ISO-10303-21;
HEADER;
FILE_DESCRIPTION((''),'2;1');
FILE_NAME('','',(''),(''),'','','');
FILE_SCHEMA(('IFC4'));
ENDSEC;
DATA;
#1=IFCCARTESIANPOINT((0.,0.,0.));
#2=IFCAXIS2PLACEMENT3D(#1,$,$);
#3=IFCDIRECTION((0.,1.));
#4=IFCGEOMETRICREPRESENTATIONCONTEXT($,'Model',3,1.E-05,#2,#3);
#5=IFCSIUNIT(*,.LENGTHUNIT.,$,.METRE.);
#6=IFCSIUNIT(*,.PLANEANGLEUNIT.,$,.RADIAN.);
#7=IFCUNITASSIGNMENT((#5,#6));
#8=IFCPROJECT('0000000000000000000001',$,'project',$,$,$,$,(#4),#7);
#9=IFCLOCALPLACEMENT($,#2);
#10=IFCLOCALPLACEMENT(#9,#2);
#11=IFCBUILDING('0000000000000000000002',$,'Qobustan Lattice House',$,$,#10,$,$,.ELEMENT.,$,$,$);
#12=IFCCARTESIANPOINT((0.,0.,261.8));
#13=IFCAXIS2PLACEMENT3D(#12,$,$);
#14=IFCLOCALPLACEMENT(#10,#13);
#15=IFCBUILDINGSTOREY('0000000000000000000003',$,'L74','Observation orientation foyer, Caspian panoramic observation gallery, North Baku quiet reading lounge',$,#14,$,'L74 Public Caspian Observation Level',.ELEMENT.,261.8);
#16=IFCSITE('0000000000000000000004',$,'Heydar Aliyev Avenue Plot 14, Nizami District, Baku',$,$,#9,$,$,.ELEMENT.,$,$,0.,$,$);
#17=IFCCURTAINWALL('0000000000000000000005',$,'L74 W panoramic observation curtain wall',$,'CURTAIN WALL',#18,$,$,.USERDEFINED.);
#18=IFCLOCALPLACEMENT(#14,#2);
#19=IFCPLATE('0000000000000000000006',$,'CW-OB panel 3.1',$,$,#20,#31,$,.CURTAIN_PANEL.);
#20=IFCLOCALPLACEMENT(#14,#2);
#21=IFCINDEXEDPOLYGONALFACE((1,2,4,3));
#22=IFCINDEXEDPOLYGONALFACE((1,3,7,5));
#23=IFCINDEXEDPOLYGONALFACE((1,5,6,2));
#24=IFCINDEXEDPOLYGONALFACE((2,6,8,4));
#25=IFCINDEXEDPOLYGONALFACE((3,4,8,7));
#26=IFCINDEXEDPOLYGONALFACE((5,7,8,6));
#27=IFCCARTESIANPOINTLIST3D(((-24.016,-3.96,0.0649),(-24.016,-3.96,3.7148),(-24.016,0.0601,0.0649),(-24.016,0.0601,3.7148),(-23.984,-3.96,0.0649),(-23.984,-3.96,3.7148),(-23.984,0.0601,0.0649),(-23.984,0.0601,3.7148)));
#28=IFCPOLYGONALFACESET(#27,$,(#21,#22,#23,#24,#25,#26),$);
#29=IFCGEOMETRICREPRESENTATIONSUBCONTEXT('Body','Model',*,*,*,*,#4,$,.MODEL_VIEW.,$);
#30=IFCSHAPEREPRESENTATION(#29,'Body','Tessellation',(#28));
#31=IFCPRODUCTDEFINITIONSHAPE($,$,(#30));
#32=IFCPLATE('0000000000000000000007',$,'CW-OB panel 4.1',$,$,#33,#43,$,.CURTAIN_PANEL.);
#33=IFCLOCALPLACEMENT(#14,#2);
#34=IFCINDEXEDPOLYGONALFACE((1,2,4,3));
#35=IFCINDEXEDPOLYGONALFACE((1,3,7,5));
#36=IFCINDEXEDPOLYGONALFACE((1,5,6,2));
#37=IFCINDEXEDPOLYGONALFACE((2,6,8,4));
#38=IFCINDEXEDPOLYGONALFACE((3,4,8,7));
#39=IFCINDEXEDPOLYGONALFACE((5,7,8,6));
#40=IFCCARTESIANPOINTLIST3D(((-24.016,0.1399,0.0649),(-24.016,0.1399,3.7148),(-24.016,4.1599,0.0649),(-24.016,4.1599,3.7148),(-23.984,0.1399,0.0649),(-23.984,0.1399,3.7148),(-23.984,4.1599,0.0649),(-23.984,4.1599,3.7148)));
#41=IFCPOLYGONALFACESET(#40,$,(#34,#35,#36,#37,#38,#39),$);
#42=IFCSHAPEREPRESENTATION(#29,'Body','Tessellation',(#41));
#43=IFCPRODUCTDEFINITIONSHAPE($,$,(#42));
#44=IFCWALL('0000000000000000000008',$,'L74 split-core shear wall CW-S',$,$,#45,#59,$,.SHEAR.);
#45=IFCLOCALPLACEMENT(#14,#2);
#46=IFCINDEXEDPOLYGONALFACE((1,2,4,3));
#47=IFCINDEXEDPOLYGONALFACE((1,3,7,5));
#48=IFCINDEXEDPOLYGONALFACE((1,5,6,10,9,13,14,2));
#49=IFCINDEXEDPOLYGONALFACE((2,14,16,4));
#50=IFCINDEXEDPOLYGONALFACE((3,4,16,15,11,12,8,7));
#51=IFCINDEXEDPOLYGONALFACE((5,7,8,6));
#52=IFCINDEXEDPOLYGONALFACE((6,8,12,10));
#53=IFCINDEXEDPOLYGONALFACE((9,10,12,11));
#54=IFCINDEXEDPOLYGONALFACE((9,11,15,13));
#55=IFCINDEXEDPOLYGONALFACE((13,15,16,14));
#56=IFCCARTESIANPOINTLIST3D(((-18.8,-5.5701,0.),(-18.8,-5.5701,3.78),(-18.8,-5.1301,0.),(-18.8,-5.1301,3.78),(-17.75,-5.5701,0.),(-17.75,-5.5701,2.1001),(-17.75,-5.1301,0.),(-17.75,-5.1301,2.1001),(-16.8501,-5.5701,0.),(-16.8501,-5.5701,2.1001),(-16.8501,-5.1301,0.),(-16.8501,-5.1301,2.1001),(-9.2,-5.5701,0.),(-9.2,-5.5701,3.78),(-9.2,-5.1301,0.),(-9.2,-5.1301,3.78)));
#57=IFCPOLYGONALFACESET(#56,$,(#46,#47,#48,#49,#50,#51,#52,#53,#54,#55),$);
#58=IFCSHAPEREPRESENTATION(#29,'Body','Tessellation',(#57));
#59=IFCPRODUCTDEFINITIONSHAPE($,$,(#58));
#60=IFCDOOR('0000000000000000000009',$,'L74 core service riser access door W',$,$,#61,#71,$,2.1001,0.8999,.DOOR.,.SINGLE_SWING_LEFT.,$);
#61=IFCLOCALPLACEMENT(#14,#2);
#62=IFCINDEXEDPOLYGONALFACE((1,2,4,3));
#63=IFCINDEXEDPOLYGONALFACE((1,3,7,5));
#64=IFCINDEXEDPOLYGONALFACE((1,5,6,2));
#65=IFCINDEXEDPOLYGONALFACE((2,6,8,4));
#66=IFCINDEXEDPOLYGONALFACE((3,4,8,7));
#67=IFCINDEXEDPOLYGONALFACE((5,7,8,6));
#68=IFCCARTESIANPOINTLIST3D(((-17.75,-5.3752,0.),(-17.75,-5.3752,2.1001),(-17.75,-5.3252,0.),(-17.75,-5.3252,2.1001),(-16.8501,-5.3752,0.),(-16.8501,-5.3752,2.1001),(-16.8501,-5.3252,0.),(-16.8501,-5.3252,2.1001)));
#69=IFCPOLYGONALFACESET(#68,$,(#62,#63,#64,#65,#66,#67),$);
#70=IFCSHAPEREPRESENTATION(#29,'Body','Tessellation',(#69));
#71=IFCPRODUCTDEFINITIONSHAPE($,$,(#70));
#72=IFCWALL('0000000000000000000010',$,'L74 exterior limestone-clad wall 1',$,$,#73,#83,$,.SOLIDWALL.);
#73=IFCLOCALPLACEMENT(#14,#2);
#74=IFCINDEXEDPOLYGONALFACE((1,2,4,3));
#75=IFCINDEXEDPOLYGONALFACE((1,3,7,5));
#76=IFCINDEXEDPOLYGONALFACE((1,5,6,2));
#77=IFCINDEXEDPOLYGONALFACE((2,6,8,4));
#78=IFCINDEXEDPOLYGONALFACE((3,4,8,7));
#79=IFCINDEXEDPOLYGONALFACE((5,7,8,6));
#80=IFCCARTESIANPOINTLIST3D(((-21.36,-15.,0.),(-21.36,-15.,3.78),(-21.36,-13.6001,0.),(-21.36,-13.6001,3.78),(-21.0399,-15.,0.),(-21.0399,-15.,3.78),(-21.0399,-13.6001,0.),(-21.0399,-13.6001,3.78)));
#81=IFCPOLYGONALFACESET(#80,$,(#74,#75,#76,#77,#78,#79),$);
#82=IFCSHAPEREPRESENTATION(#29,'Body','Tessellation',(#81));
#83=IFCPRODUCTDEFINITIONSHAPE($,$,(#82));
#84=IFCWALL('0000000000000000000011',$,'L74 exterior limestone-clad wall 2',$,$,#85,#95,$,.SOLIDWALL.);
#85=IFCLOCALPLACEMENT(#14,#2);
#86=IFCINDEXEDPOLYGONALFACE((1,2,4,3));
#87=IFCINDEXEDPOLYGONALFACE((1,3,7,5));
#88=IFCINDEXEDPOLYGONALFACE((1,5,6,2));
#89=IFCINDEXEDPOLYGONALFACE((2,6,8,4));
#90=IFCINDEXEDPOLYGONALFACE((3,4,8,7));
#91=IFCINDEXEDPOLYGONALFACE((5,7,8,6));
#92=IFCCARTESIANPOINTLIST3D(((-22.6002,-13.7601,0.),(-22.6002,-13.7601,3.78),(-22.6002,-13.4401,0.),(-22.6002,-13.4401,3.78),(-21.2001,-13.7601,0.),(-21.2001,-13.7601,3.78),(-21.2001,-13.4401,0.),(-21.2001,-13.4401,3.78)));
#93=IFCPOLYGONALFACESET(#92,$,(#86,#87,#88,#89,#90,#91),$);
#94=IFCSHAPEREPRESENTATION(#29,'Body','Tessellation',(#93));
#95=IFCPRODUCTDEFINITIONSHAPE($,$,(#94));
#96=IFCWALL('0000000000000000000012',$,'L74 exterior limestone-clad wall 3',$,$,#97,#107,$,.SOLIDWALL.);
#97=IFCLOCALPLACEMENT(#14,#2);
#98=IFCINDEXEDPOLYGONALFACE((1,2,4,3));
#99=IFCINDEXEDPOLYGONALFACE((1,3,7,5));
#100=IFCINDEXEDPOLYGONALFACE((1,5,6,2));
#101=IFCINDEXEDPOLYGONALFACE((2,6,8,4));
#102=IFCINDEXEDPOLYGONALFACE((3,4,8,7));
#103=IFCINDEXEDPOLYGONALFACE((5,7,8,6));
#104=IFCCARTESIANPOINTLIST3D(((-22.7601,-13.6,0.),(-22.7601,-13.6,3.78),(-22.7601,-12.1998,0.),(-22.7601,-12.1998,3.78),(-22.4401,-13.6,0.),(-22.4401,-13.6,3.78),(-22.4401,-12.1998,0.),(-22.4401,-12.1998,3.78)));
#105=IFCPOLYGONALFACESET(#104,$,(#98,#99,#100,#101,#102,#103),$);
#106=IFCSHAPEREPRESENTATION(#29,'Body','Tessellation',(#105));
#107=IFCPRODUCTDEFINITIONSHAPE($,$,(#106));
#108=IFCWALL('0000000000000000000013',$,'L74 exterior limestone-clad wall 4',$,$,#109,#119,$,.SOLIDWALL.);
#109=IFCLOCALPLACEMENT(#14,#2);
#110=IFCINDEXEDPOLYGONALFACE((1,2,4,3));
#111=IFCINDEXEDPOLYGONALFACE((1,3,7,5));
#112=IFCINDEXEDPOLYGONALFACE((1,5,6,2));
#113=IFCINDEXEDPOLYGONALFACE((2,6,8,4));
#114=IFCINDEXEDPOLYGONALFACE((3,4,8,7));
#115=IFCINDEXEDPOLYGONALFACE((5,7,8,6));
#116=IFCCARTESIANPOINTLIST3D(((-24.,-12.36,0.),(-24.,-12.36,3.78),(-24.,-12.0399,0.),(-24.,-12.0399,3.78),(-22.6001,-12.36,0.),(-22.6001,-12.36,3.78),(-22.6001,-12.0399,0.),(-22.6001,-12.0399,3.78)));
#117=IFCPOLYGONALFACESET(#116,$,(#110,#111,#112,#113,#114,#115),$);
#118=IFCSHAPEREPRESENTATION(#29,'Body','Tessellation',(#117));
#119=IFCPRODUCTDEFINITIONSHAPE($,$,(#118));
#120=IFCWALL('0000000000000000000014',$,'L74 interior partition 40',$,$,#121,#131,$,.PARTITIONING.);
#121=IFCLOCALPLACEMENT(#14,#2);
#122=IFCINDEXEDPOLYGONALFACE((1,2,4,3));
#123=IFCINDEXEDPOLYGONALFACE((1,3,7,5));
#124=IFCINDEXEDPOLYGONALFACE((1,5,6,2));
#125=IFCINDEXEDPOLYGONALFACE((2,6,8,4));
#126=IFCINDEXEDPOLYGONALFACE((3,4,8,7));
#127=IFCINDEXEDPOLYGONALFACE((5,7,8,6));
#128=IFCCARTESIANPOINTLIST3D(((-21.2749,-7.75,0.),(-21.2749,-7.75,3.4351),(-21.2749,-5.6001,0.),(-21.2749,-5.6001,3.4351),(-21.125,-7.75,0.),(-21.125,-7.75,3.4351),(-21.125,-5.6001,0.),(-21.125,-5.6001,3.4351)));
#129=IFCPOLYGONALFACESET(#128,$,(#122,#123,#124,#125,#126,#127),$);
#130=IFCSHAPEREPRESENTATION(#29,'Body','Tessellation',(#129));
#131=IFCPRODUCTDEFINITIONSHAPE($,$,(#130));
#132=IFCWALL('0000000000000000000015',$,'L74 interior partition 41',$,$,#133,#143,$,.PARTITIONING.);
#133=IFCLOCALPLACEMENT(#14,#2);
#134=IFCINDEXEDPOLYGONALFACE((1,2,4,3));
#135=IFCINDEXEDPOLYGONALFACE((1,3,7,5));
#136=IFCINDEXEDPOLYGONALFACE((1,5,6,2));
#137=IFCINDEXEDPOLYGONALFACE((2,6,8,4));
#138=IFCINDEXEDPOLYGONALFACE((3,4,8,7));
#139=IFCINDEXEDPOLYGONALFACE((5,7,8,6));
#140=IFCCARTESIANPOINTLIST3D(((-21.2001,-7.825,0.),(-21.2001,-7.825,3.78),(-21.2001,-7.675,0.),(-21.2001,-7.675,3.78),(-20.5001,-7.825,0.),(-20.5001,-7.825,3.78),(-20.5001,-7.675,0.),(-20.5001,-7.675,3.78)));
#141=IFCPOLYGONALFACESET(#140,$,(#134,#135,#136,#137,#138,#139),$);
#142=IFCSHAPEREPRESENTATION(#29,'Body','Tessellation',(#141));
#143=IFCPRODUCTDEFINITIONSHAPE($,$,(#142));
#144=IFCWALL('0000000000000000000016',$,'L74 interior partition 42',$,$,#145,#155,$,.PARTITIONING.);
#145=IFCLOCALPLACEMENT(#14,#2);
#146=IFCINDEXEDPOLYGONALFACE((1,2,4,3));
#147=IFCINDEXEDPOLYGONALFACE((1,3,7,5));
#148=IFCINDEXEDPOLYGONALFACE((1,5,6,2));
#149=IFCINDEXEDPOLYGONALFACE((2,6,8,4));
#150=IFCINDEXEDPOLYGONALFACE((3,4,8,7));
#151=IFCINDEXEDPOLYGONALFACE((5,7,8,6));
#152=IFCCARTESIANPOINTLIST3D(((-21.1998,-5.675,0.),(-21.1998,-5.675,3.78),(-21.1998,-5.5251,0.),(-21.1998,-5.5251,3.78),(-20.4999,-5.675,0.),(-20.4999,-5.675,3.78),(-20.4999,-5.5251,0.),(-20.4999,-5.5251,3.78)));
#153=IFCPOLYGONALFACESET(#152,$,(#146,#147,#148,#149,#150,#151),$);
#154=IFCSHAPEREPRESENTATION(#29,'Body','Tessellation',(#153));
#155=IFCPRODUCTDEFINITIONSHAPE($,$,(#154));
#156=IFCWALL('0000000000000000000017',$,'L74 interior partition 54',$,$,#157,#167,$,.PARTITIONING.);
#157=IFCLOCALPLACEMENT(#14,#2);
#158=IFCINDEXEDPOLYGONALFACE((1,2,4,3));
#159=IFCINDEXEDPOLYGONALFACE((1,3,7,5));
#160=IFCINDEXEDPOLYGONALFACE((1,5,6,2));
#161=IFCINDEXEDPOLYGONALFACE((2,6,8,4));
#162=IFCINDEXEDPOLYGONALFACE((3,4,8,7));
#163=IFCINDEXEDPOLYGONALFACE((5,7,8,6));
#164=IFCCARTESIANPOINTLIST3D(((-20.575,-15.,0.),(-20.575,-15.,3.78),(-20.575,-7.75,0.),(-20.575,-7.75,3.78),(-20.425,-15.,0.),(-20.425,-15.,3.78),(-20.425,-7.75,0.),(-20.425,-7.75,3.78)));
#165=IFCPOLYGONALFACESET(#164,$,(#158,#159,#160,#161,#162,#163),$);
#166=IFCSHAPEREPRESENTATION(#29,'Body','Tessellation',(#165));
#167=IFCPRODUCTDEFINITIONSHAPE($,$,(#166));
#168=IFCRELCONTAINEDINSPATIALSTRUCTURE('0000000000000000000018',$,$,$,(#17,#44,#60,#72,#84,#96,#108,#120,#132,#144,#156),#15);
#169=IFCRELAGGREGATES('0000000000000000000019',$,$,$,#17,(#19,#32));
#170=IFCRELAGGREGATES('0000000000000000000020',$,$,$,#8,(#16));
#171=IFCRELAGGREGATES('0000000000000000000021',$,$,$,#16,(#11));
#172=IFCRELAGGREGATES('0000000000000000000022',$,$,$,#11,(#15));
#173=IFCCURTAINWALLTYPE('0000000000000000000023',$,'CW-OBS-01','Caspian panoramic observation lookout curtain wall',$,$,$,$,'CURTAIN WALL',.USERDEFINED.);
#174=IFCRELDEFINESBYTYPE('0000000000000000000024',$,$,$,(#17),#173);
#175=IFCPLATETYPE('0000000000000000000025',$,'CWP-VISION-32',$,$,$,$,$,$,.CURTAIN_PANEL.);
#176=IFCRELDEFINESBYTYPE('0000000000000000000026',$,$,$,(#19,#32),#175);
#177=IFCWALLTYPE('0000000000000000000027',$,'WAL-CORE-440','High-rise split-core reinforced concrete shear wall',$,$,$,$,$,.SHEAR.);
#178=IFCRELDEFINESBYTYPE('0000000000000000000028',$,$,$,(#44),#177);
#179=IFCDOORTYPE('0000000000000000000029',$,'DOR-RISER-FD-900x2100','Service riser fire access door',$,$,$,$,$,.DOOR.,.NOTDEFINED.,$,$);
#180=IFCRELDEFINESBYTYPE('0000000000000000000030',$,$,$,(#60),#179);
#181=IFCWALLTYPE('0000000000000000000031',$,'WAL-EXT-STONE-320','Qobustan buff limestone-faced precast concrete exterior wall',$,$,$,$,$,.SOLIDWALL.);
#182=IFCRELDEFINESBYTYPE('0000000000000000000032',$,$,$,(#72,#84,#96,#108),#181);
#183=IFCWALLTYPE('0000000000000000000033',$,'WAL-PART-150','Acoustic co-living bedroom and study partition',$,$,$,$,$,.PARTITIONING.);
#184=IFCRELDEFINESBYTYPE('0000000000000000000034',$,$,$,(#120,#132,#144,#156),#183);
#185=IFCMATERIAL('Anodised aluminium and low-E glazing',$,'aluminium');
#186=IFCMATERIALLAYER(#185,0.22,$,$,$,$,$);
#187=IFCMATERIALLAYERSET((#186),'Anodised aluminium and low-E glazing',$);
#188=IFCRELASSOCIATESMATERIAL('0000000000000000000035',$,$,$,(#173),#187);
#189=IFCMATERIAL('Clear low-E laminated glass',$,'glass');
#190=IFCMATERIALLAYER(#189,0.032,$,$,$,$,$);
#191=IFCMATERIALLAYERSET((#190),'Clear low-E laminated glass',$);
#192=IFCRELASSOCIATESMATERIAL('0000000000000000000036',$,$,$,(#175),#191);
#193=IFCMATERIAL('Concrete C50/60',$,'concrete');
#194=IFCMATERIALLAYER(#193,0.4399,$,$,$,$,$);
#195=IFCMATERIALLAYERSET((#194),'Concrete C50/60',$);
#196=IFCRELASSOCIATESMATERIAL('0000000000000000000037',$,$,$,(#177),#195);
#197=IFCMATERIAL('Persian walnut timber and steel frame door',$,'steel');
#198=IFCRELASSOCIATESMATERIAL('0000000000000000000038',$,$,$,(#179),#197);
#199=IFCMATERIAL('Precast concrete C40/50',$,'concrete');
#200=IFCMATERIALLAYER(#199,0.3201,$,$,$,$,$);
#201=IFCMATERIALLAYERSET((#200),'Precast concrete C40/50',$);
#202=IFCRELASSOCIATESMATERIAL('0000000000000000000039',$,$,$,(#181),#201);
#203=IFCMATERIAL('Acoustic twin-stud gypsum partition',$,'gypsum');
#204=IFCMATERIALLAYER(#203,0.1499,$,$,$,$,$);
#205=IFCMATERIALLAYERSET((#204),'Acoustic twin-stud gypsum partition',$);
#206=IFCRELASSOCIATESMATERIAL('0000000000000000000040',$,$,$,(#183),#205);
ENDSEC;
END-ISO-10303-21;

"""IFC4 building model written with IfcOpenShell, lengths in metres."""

from ifc_helpers import new_model, si_unit, direction, frame, frame_2d, origin, origin_2d, place, context, subcontext, project, spatial, rectangle, extrude, material, layer, layer_set, type_object, element, fill, aggregate, save


model = new_model("IFC4")

# Units and contexts
model_context = context("Model", 3, precision=1e-05, world=origin(), true_north=direction((0.0, 1.0)))
body_context = subcontext(model_context, "Body", "Model", "MODEL_VIEW")
ifc_project = project(units=[si_unit("LENGTHUNIT", "METRE"), si_unit("PLANEANGLEUNIT", "RADIAN")], contexts=[model_context])

# Site, building, storey
site_placement = place(None, origin())
site = spatial("IfcSite", under=ifc_project, at=site_placement, Name="Heydar Aliyev Avenue Plot 14, Nizami District, Baku", CompositionType="ELEMENT", RefElevation=0.0)
building_placement = place(site_placement, origin())
building = spatial("IfcBuilding", under=site, at=building_placement, Name="Qobustan Lattice House", CompositionType="ELEMENT")
storey_placement = place(building_placement, frame((0.0, 0.0, 261.8)))
storey = spatial("IfcBuildingStorey", under=building, at=storey_placement, Name="L74", Description="Observation orientation foyer, Caspian panoramic observation gallery, North Baku quiet reading lounge", LongName="L74 Public Caspian Observation Level", CompositionType="ELEMENT", Elevation=261.8)

# Curtain wall, plates
ifc_material_1 = material(Name="Anodised aluminium and low-E glazing", Category="aluminium")
ifc_layer_1 = layer(ifc_material_1, 0.22)
ifc_layer_set_1 = layer_set([ifc_layer_1], Name="Anodised aluminium and low-E glazing")
curtain_wall_type = type_object("IfcCurtainWallType", Name="CW-OBS-01", Description="Caspian panoramic observation lookout curtain wall", ElementType="CURTAIN WALL", PredefinedType="USERDEFINED", material=ifc_layer_set_1)
curtain_wall_placement = place(storey_placement, origin())
curtain_wall = element("IfcCurtainWall", 1, at=curtain_wall_placement, inside=storey, type_object=curtain_wall_type, Name="L74 W panoramic observation curtain wall", ObjectType="CURTAIN WALL", PredefinedType="USERDEFINED")
ifc_material_2 = material(Name="Clear low-E laminated glass", Category="glass")
ifc_layer_2 = layer(ifc_material_2, 0.032)
ifc_layer_set_2 = layer_set([ifc_layer_2], Name="Clear low-E laminated glass")
plate_type = type_object("IfcPlateType", Name="CWP-VISION-32", PredefinedType="CURTAIN_PANEL", material=ifc_layer_set_2)
plate_1_placement = place(storey_placement, frame((-24.0, -1.95, 0.0649), z_axis=(0.0, 0.0, 1.0), x_axis=(0.0, 1.0, 0.0)))
plate_1 = element("IfcPlate", 2, at=plate_1_placement, type_object=plate_type, Name="CW-OB panel 3.1", PredefinedType="CURTAIN_PANEL", context=body_context, shape_type="SweptSolid", body=[
    extrude(rectangle(XDim=4.02, YDim=0.032, at=origin_2d()), origin(), (0.0, 0.0, 1.0), 3.6499),
])
plate_2_placement = place(storey_placement, frame((-24.0, 2.1499, 0.0649), z_axis=(0.0, 0.0, 1.0), x_axis=(0.0, 1.0, 0.0)))
plate_2 = element("IfcPlate", 3, at=plate_2_placement, type_object=plate_type, Name="CW-OB panel 4.1", PredefinedType="CURTAIN_PANEL", context=body_context, shape_type="SweptSolid", body=[
    extrude(rectangle(XDim=4.02, YDim=0.032, at=origin_2d()), origin(), (0.0, 0.0, 1.0), 3.6499),
])
aggregate(curtain_wall, [plate_1, plate_2])

# Wall, opening, door
ifc_material_3 = material(Name="Concrete C50/60", Category="concrete")
ifc_layer_3 = layer(ifc_material_3, 0.4399)
ifc_layer_set_3 = layer_set([ifc_layer_3], Name="Concrete C50/60")
wall_type_1 = type_object("IfcWallType", Name="WAL-CORE-440", Description="High-rise split-core reinforced concrete shear wall", PredefinedType="SHEAR", material=ifc_layer_set_3)
wall_1_placement = place(storey_placement, frame((-18.8, -5.3501, 0.0), z_axis=(0.0, 0.0, 1.0), x_axis=(1.0, 0.0, 0.0)))
wall_1 = element("IfcWall", 4, at=wall_1_placement, inside=storey, type_object=wall_type_1, Name="L74 split-core shear wall CW-S", PredefinedType="SHEAR", context=body_context, shape_type="SweptSolid", body=[
    extrude(rectangle(XDim=9.6001, YDim=0.4399, at=frame_2d((4.8, 0.0))), origin(), (0.0, 0.0, 1.0), 3.78),
])
opening_placement = place(wall_1_placement, frame((1.05, 0.0, 0.0)))
opening = element("IfcOpeningElement", 5, at=opening_placement, cuts=wall_1, PredefinedType="OPENING", context=body_context, shape_type="SweptSolid", body=[
    extrude(rectangle(XDim=0.8999, YDim=2.1001, at=frame_2d((0.45, 1.05))), frame((0.0, 0.23, 0.0), z_axis=(0.0, -1.0, 0.0), x_axis=(1.0, 0.0, 0.0)), (0.0, 0.0, 1.0), 0.46),
])
ifc_material_4 = material(Name="Persian walnut timber and steel frame door", Category="steel")
door_type = type_object("IfcDoorType", Name="DOR-RISER-FD-900x2100", Description="Service riser fire access door", OperationType="NOTDEFINED", PredefinedType="DOOR", material=ifc_material_4)
door_placement = place(opening_placement, origin())
door = element("IfcDoor", 6, at=door_placement, inside=storey, type_object=door_type, Name="L74 core service riser access door W", OperationType="SINGLE_SWING_LEFT", OverallHeight=2.1001, OverallWidth=0.8999, PredefinedType="DOOR", context=body_context, shape_type="SweptSolid", body=[
    extrude(rectangle(XDim=0.8999, YDim=2.1001, at=frame_2d((0.45, 1.05))), frame((0.0, 0.0249, 0.0), z_axis=(0.0, -1.0, 0.0), x_axis=(1.0, 0.0, 0.0)), (0.0, 0.0, 1.0), 0.05),
])
fill(opening, door)

# Walls
ifc_material_5 = material(Name="Precast concrete C40/50", Category="concrete")
ifc_layer_4 = layer(ifc_material_5, 0.3201)
ifc_layer_set_4 = layer_set([ifc_layer_4], Name="Precast concrete C40/50")
wall_type_2 = type_object("IfcWallType", Name="WAL-EXT-STONE-320", Description="Qobustan buff limestone-faced precast concrete exterior wall", PredefinedType="SOLIDWALL", material=ifc_layer_set_4)
wall_2_placement = place(storey_placement, frame((-21.2, -15.0, 0.0), z_axis=(0.0, 0.0, 1.0), x_axis=(0.0, 1.0, 0.0)))
element("IfcWall", 7, at=wall_2_placement, inside=storey, type_object=wall_type_2, Name="L74 exterior limestone-clad wall 1", PredefinedType="SOLIDWALL", context=body_context, shape_type="SweptSolid", body=[
    extrude(rectangle(XDim=1.3999, YDim=0.3201, at=frame_2d((0.7, 0.0))), origin(), (0.0, 0.0, 1.0), 3.78),
])
for number, where, z_axis, x_axis, name in (
    (8, (-21.2, -13.6001, 0.0), (0.0, 0.0, 1.0), (-1.0, 0.0, 0.0), "L74 exterior limestone-clad wall 2"),
    (9, (-22.6001, -13.6001, 0.0), (0.0, 0.0, 1.0), (0.0, 1.0, 0.0), "L74 exterior limestone-clad wall 3"),
):
    element("IfcWall", number, at=place(storey_placement, frame(where, z_axis=z_axis, x_axis=x_axis)), inside=storey, type_object=wall_type_2, Name=name, PredefinedType="SOLIDWALL", context=body_context, shape_type="SweptSolid", body=[
        extrude(rectangle(XDim=1.4001, YDim=0.3201, at=frame_2d((0.7002, 0.0))), origin(), (0.0, 0.0, 1.0), 3.78),
    ])
wall_3_placement = place(storey_placement, frame((-22.6001, -12.2, 0.0), z_axis=(0.0, 0.0, 1.0), x_axis=(-1.0, 0.0, 0.0)))
element("IfcWall", 10, at=wall_3_placement, inside=storey, type_object=wall_type_2, Name="L74 exterior limestone-clad wall 4", PredefinedType="SOLIDWALL", context=body_context, shape_type="SweptSolid", body=[
    extrude(rectangle(XDim=1.3999, YDim=0.3201, at=frame_2d((0.7, 0.0))), origin(), (0.0, 0.0, 1.0), 3.78),
])
ifc_material_6 = material(Name="Acoustic twin-stud gypsum partition", Category="gypsum")
ifc_layer_5 = layer(ifc_material_6, 0.1499)
ifc_layer_set_5 = layer_set([ifc_layer_5], Name="Acoustic twin-stud gypsum partition")
wall_type_3 = type_object("IfcWallType", Name="WAL-PART-150", Description="Acoustic co-living bedroom and study partition", PredefinedType="PARTITIONING", material=ifc_layer_set_5)
wall_4_placement = place(storey_placement, frame((-21.2, -7.75, 0.0), z_axis=(0.0, 0.0, 1.0), x_axis=(0.0, 1.0, 0.0)))
element("IfcWall", 11, at=wall_4_placement, inside=storey, type_object=wall_type_3, Name="L74 interior partition 40", PredefinedType="PARTITIONING", context=body_context, shape_type="SweptSolid", body=[
    extrude(rectangle(XDim=2.1499, YDim=0.1499, at=frame_2d((1.075, 0.0))), origin(), (0.0, 0.0, 1.0), 3.4351),
])
for number, where, z_axis, x_axis, name in (
    (12, (-20.5, -7.75, 0.0), (0.0, 0.0, 1.0), (-1.0, 0.0, 0.0), "L74 interior partition 41"),
    (13, (-21.2, -5.6001, 0.0), (0.0, 0.0, 1.0), (1.0, 0.0, 0.0), "L74 interior partition 42"),
):
    element("IfcWall", number, at=place(storey_placement, frame(where, z_axis=z_axis, x_axis=x_axis)), inside=storey, type_object=wall_type_3, Name=name, PredefinedType="PARTITIONING", context=body_context, shape_type="SweptSolid", body=[
        extrude(rectangle(XDim=0.7, YDim=0.1499, at=frame_2d((0.3501, 0.0))), origin(), (0.0, 0.0, 1.0), 3.78),
    ])
wall_5_placement = place(storey_placement, frame((-20.5, -15.0, 0.0), z_axis=(0.0, 0.0, 1.0), x_axis=(0.0, 1.0, 0.0)))
element("IfcWall", 14, at=wall_5_placement, inside=storey, type_object=wall_type_3, Name="L74 interior partition 54", PredefinedType="PARTITIONING", context=body_context, shape_type="SweptSolid", body=[
    extrude(rectangle(XDim=7.25, YDim=0.1499, at=frame_2d((3.625, 0.0))), origin(), (0.0, 0.0, 1.0), 3.78),
])

save(model, "model.ifc")
